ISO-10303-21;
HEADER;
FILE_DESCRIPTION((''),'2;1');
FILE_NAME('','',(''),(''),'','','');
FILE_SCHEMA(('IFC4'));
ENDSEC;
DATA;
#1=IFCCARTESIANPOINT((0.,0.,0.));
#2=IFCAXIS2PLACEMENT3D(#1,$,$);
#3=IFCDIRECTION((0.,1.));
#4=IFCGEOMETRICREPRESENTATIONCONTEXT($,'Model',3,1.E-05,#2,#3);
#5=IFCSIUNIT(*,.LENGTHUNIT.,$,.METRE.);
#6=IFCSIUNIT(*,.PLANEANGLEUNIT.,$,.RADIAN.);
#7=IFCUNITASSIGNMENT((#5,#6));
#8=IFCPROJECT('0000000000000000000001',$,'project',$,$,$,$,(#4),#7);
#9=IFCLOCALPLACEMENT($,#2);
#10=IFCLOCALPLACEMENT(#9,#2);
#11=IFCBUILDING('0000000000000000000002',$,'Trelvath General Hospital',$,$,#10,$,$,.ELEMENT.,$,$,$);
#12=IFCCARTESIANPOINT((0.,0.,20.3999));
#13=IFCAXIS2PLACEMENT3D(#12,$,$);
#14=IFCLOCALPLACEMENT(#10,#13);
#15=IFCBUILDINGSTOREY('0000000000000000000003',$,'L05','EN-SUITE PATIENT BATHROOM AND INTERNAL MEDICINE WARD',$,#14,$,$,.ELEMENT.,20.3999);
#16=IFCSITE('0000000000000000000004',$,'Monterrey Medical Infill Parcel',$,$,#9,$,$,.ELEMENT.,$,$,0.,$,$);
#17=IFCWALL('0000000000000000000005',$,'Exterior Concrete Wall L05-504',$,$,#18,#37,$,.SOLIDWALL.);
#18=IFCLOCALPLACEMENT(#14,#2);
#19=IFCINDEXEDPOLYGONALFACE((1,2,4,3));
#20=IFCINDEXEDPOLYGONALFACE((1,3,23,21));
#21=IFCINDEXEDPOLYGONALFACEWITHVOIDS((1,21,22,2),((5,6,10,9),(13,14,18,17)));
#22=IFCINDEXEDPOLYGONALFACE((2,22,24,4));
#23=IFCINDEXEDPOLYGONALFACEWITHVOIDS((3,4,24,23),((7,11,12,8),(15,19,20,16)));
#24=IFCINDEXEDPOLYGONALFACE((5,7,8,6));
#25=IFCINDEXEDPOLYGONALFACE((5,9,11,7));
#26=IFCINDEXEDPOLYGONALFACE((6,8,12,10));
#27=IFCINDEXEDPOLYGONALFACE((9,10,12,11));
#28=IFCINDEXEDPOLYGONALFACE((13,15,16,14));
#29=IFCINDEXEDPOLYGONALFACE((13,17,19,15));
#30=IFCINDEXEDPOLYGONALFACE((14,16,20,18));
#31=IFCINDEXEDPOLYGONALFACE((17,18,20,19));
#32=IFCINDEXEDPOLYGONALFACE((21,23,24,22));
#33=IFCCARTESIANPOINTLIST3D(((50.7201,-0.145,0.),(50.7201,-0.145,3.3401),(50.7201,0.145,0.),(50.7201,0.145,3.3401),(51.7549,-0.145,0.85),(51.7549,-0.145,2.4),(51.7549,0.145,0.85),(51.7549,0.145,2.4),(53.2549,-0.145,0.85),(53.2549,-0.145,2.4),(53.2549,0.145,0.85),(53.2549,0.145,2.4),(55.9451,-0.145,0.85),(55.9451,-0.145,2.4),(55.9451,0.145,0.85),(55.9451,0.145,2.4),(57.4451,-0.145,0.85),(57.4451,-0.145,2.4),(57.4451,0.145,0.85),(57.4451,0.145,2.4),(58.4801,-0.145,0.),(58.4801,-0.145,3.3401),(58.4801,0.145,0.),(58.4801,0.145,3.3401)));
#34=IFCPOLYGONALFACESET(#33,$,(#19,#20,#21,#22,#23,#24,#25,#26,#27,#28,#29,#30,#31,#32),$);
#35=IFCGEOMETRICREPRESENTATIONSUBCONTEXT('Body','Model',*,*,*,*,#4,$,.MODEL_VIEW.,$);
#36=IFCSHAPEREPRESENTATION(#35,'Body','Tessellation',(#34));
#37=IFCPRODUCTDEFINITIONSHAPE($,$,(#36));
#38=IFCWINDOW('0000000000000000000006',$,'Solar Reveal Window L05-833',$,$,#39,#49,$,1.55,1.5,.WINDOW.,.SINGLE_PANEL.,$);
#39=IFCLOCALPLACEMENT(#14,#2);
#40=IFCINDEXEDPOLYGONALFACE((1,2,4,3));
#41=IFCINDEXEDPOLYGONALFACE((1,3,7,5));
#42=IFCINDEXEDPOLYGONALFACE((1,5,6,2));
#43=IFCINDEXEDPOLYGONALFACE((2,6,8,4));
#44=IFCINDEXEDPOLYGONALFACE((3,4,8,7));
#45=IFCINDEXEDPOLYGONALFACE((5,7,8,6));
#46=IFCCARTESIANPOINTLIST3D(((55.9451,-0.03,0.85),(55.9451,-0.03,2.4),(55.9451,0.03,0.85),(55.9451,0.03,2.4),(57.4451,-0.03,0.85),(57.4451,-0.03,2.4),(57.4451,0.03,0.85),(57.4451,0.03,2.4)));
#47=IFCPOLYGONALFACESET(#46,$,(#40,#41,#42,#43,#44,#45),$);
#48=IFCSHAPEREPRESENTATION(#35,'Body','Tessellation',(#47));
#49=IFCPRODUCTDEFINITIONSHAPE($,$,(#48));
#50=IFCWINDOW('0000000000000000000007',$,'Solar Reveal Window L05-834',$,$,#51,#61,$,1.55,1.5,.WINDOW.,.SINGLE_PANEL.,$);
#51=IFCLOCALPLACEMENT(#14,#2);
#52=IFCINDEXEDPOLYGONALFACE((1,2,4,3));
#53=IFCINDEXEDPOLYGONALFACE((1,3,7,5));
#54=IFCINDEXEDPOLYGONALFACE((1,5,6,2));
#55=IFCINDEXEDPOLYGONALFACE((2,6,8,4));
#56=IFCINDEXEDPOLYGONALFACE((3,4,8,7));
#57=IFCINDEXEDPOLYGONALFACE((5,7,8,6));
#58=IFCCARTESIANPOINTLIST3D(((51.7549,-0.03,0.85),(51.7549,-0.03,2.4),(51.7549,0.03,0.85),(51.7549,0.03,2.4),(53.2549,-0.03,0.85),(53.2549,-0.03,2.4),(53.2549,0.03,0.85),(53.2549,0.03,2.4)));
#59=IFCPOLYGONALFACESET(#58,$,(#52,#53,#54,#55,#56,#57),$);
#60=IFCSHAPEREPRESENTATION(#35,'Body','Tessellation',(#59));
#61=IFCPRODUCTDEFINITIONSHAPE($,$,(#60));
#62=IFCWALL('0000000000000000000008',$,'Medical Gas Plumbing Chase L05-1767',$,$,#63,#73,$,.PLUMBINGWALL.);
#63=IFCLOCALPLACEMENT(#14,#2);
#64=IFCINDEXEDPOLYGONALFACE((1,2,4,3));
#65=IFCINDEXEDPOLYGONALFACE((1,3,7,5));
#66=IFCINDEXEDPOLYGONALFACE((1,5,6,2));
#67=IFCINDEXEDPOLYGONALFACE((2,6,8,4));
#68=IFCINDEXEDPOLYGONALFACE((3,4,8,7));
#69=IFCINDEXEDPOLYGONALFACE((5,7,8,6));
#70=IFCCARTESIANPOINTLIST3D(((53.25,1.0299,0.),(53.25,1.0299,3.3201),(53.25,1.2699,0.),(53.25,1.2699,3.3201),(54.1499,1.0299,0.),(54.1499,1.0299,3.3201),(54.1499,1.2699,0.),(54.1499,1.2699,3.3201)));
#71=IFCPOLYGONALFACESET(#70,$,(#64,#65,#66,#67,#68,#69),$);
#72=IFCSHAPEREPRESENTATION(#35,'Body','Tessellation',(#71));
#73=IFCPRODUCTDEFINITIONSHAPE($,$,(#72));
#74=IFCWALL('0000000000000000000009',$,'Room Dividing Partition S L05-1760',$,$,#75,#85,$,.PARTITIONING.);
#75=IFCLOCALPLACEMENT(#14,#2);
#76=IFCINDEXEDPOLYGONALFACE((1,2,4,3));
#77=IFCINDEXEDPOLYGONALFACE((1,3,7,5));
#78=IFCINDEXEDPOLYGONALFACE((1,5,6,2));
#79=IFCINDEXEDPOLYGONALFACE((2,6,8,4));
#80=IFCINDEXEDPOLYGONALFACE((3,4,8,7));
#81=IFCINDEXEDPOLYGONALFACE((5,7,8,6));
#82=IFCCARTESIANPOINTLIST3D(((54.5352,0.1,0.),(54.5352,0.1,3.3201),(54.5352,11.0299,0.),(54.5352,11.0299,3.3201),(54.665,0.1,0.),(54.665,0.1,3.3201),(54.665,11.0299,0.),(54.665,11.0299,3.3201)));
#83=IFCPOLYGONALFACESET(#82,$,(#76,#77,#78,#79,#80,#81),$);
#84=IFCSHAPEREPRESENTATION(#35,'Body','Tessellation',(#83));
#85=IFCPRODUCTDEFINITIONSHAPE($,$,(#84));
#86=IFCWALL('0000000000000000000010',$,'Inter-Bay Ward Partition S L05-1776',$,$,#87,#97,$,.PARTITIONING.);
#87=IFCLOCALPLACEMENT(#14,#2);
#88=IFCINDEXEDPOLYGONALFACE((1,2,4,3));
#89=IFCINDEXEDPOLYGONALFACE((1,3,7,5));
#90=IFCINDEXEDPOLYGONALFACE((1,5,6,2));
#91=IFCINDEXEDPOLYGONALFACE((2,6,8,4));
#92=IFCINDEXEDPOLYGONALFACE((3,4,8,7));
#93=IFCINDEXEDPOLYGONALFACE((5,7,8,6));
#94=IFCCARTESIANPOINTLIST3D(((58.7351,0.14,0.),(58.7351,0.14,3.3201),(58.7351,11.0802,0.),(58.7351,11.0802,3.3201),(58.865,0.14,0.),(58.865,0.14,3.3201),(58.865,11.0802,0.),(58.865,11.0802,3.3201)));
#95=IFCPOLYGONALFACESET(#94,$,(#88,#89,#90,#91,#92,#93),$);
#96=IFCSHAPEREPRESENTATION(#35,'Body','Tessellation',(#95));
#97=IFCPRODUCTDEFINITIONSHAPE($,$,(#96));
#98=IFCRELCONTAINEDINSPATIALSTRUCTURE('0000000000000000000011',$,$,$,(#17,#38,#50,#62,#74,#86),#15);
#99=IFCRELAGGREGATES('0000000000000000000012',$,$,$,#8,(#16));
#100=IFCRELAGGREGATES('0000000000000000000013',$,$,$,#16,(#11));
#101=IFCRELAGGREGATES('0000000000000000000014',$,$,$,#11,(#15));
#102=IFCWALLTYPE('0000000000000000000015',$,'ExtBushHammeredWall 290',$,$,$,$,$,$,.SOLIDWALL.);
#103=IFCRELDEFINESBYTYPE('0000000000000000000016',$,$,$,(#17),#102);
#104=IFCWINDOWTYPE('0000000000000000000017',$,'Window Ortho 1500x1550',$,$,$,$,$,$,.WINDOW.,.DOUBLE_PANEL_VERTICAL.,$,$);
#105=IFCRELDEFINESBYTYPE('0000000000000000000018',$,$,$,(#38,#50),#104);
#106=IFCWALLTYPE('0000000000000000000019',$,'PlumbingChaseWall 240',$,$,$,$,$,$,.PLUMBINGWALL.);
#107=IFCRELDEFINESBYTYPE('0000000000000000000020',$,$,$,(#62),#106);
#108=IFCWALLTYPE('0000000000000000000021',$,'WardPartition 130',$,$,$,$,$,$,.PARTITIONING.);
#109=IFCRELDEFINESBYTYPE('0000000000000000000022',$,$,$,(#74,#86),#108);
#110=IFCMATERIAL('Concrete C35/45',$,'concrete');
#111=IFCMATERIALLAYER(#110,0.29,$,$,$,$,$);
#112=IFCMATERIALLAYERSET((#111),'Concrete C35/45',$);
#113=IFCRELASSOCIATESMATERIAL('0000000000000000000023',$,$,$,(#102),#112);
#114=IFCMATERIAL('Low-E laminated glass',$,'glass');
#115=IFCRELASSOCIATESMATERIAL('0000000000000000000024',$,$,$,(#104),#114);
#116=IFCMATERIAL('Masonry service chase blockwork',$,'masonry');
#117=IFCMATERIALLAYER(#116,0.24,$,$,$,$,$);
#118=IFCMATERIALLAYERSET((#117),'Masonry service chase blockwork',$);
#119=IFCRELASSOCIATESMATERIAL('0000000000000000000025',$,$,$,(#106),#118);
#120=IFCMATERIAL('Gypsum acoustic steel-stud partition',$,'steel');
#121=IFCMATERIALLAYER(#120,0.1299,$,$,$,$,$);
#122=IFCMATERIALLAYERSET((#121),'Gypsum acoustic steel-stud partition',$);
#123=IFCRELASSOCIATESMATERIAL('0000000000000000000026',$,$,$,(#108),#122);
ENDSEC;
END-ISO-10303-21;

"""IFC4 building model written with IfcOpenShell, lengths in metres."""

from ifc_helpers import new_model, si_unit, direction, frame, frame_2d, origin, place, context, subcontext, project, spatial, rectangle, extrude, material, layer, layer_set, type_object, element, fill, save


model = new_model("IFC4")

# Units and contexts
model_context = context("Model", 3, precision=1e-05, world=origin(), true_north=direction((0.0, 1.0)))
body_context = subcontext(model_context, "Body", "Model", "MODEL_VIEW")
ifc_project = project(units=[si_unit("LENGTHUNIT", "METRE"), si_unit("PLANEANGLEUNIT", "RADIAN")], contexts=[model_context])

# Site, building, storey
site_placement = place(None, origin())
site = spatial("IfcSite", under=ifc_project, at=site_placement, Name="Monterrey Medical Infill Parcel", CompositionType="ELEMENT", RefElevation=0.0)
building_placement = place(site_placement, origin())
building = spatial("IfcBuilding", under=site, at=building_placement, Name="Trelvath General Hospital", CompositionType="ELEMENT")
storey_placement = place(building_placement, frame((0.0, 0.0, 20.3999)))
storey = spatial("IfcBuildingStorey", under=building, at=storey_placement, Name="L05", Description="EN-SUITE PATIENT BATHROOM AND INTERNAL MEDICINE WARD", CompositionType="ELEMENT", Elevation=20.3999)

# Wall, openings, windows
ifc_material_1 = material(Name="Concrete C35/45", Category="concrete")
ifc_layer_1 = layer(ifc_material_1, 0.29)
ifc_layer_set_1 = layer_set([ifc_layer_1], Name="Concrete C35/45")
wall_type_1 = type_object("IfcWallType", Name="ExtBushHammeredWall 290", PredefinedType="SOLIDWALL", material=ifc_layer_set_1)
wall_1_placement = place(storey_placement, frame((58.48, 0.0, 0.0), z_axis=(0.0, 0.0, 1.0), x_axis=(-1.0, 0.0, 0.0)))
wall_1 = element("IfcWall", 1, at=wall_1_placement, inside=storey, type_object=wall_type_1, Name="Exterior Concrete Wall L05-504", PredefinedType="SOLIDWALL", context=body_context, shape_type="SweptSolid", body=[
    extrude(rectangle(XDim=7.76, YDim=0.29, at=frame_2d((3.8799, 0.0))), origin(), (0.0, 0.0, 1.0), 3.3401),
])
opening_1_placement = place(wall_1_placement, frame((1.0349, 0.0, 0.8501)))
opening_1 = element("IfcOpeningElement", 2, at=opening_1_placement, cuts=wall_1, PredefinedType="OPENING", context=body_context, shape_type="SweptSolid", body=[
    extrude(rectangle(XDim=1.5, YDim=1.55, at=frame_2d((0.75, 0.7749))), frame((0.0, 0.155, 0.0), z_axis=(0.0, -1.0, 0.0), x_axis=(1.0, 0.0, 0.0)), (0.0, 0.0, 1.0), 0.3101),
])
opening_2_placement = place(wall_1_placement, frame((5.2251, 0.0, 0.8501)))
opening_2 = element("IfcOpeningElement", 3, at=opening_2_placement, cuts=wall_1, PredefinedType="OPENING", context=body_context, shape_type="SweptSolid", body=[
    extrude(rectangle(XDim=1.5, YDim=1.55, at=frame_2d((0.75, 0.7749))), frame((0.0, 0.155, 0.0), z_axis=(0.0, -1.0, 0.0), x_axis=(1.0, 0.0, 0.0)), (0.0, 0.0, 1.0), 0.3101),
])
ifc_material_2 = material(Name="Low-E laminated glass", Category="glass")
window_type = type_object("IfcWindowType", Name="Window Ortho 1500x1550", PartitioningType="DOUBLE_PANEL_VERTICAL", PredefinedType="WINDOW", material=ifc_material_2)
window_1_placement = place(opening_1_placement, origin())
window_1 = element("IfcWindow", 4, at=window_1_placement, inside=storey, type_object=window_type, Name="Solar Reveal Window L05-833", OverallHeight=1.55, OverallWidth=1.5, PartitioningType="SINGLE_PANEL", PredefinedType="WINDOW", context=body_context, shape_type="SweptSolid", body=[
    extrude(rectangle(XDim=1.5, YDim=1.55, at=frame_2d((0.75, 0.7749))), frame((0.0, 0.03, 0.0), z_axis=(0.0, -1.0, 0.0), x_axis=(1.0, 0.0, 0.0)), (0.0, 0.0, 1.0), 0.0601),
])
fill(opening_1, window_1)
window_2_placement = place(opening_2_placement, origin())
window_2 = element("IfcWindow", 5, at=window_2_placement, inside=storey, type_object=window_type, Name="Solar Reveal Window L05-834", OverallHeight=1.55, OverallWidth=1.5, PartitioningType="SINGLE_PANEL", PredefinedType="WINDOW", context=body_context, shape_type="SweptSolid", body=[
    extrude(rectangle(XDim=1.5, YDim=1.55, at=frame_2d((0.75, 0.7749))), frame((0.0, 0.03, 0.0), z_axis=(0.0, -1.0, 0.0), x_axis=(1.0, 0.0, 0.0)), (0.0, 0.0, 1.0), 0.0601),
])
fill(opening_2, window_2)

# Walls
ifc_material_3 = material(Name="Masonry service chase blockwork", Category="masonry")
ifc_layer_2 = layer(ifc_material_3, 0.24)
ifc_layer_set_2 = layer_set([ifc_layer_2], Name="Masonry service chase blockwork")
wall_type_2 = type_object("IfcWallType", Name="PlumbingChaseWall 240", PredefinedType="PLUMBINGWALL", material=ifc_layer_set_2)
wall_2_placement = place(storey_placement, frame((53.25, 1.1499, 0.0), z_axis=(0.0, 0.0, 1.0), x_axis=(1.0, 0.0, 0.0)))
element("IfcWall", 6, at=wall_2_placement, inside=storey, type_object=wall_type_2, Name="Medical Gas Plumbing Chase L05-1767", PredefinedType="PLUMBINGWALL", context=body_context, shape_type="SweptSolid", body=[
    extrude(rectangle(XDim=0.8999, YDim=0.24, at=frame_2d((0.45, 0.0))), origin(), (0.0, 0.0, 1.0), 3.3201),
])
ifc_material_4 = material(Name="Gypsum acoustic steel-stud partition", Category="steel")
ifc_layer_3 = layer(ifc_material_4, 0.1299)
ifc_layer_set_3 = layer_set([ifc_layer_3], Name="Gypsum acoustic steel-stud partition")
wall_type_3 = type_object("IfcWallType", Name="WardPartition 130", PredefinedType="PARTITIONING", material=ifc_layer_set_3)
wall_3_placement = place(storey_placement, frame((54.6001, 0.1001, 0.0), z_axis=(0.0, 0.0, 1.0), x_axis=(0.0, 1.0, 0.0)))
element("IfcWall", 7, at=wall_3_placement, inside=storey, type_object=wall_type_3, Name="Room Dividing Partition S L05-1760", PredefinedType="PARTITIONING", context=body_context, shape_type="SweptSolid", body=[
    extrude(rectangle(XDim=10.9299, YDim=0.1299, at=frame_2d((5.4648, 0.0))), origin(), (0.0, 0.0, 1.0), 3.3201),
])
wall_4_placement = place(storey_placement, frame((58.8, 0.1399, 0.0), z_axis=(0.0, 0.0, 1.0), x_axis=(0.0, 1.0, 0.0)))
element("IfcWall", 8, at=wall_4_placement, inside=storey, type_object=wall_type_3, Name="Inter-Bay Ward Partition S L05-1776", PredefinedType="PARTITIONING", context=body_context, shape_type="SweptSolid", body=[
    extrude(rectangle(XDim=10.9402, YDim=0.1299, at=frame_2d((5.4702, 0.0))), origin(), (0.0, 0.0, 1.0), 3.3201),
])

save(model, "model.ifc")
